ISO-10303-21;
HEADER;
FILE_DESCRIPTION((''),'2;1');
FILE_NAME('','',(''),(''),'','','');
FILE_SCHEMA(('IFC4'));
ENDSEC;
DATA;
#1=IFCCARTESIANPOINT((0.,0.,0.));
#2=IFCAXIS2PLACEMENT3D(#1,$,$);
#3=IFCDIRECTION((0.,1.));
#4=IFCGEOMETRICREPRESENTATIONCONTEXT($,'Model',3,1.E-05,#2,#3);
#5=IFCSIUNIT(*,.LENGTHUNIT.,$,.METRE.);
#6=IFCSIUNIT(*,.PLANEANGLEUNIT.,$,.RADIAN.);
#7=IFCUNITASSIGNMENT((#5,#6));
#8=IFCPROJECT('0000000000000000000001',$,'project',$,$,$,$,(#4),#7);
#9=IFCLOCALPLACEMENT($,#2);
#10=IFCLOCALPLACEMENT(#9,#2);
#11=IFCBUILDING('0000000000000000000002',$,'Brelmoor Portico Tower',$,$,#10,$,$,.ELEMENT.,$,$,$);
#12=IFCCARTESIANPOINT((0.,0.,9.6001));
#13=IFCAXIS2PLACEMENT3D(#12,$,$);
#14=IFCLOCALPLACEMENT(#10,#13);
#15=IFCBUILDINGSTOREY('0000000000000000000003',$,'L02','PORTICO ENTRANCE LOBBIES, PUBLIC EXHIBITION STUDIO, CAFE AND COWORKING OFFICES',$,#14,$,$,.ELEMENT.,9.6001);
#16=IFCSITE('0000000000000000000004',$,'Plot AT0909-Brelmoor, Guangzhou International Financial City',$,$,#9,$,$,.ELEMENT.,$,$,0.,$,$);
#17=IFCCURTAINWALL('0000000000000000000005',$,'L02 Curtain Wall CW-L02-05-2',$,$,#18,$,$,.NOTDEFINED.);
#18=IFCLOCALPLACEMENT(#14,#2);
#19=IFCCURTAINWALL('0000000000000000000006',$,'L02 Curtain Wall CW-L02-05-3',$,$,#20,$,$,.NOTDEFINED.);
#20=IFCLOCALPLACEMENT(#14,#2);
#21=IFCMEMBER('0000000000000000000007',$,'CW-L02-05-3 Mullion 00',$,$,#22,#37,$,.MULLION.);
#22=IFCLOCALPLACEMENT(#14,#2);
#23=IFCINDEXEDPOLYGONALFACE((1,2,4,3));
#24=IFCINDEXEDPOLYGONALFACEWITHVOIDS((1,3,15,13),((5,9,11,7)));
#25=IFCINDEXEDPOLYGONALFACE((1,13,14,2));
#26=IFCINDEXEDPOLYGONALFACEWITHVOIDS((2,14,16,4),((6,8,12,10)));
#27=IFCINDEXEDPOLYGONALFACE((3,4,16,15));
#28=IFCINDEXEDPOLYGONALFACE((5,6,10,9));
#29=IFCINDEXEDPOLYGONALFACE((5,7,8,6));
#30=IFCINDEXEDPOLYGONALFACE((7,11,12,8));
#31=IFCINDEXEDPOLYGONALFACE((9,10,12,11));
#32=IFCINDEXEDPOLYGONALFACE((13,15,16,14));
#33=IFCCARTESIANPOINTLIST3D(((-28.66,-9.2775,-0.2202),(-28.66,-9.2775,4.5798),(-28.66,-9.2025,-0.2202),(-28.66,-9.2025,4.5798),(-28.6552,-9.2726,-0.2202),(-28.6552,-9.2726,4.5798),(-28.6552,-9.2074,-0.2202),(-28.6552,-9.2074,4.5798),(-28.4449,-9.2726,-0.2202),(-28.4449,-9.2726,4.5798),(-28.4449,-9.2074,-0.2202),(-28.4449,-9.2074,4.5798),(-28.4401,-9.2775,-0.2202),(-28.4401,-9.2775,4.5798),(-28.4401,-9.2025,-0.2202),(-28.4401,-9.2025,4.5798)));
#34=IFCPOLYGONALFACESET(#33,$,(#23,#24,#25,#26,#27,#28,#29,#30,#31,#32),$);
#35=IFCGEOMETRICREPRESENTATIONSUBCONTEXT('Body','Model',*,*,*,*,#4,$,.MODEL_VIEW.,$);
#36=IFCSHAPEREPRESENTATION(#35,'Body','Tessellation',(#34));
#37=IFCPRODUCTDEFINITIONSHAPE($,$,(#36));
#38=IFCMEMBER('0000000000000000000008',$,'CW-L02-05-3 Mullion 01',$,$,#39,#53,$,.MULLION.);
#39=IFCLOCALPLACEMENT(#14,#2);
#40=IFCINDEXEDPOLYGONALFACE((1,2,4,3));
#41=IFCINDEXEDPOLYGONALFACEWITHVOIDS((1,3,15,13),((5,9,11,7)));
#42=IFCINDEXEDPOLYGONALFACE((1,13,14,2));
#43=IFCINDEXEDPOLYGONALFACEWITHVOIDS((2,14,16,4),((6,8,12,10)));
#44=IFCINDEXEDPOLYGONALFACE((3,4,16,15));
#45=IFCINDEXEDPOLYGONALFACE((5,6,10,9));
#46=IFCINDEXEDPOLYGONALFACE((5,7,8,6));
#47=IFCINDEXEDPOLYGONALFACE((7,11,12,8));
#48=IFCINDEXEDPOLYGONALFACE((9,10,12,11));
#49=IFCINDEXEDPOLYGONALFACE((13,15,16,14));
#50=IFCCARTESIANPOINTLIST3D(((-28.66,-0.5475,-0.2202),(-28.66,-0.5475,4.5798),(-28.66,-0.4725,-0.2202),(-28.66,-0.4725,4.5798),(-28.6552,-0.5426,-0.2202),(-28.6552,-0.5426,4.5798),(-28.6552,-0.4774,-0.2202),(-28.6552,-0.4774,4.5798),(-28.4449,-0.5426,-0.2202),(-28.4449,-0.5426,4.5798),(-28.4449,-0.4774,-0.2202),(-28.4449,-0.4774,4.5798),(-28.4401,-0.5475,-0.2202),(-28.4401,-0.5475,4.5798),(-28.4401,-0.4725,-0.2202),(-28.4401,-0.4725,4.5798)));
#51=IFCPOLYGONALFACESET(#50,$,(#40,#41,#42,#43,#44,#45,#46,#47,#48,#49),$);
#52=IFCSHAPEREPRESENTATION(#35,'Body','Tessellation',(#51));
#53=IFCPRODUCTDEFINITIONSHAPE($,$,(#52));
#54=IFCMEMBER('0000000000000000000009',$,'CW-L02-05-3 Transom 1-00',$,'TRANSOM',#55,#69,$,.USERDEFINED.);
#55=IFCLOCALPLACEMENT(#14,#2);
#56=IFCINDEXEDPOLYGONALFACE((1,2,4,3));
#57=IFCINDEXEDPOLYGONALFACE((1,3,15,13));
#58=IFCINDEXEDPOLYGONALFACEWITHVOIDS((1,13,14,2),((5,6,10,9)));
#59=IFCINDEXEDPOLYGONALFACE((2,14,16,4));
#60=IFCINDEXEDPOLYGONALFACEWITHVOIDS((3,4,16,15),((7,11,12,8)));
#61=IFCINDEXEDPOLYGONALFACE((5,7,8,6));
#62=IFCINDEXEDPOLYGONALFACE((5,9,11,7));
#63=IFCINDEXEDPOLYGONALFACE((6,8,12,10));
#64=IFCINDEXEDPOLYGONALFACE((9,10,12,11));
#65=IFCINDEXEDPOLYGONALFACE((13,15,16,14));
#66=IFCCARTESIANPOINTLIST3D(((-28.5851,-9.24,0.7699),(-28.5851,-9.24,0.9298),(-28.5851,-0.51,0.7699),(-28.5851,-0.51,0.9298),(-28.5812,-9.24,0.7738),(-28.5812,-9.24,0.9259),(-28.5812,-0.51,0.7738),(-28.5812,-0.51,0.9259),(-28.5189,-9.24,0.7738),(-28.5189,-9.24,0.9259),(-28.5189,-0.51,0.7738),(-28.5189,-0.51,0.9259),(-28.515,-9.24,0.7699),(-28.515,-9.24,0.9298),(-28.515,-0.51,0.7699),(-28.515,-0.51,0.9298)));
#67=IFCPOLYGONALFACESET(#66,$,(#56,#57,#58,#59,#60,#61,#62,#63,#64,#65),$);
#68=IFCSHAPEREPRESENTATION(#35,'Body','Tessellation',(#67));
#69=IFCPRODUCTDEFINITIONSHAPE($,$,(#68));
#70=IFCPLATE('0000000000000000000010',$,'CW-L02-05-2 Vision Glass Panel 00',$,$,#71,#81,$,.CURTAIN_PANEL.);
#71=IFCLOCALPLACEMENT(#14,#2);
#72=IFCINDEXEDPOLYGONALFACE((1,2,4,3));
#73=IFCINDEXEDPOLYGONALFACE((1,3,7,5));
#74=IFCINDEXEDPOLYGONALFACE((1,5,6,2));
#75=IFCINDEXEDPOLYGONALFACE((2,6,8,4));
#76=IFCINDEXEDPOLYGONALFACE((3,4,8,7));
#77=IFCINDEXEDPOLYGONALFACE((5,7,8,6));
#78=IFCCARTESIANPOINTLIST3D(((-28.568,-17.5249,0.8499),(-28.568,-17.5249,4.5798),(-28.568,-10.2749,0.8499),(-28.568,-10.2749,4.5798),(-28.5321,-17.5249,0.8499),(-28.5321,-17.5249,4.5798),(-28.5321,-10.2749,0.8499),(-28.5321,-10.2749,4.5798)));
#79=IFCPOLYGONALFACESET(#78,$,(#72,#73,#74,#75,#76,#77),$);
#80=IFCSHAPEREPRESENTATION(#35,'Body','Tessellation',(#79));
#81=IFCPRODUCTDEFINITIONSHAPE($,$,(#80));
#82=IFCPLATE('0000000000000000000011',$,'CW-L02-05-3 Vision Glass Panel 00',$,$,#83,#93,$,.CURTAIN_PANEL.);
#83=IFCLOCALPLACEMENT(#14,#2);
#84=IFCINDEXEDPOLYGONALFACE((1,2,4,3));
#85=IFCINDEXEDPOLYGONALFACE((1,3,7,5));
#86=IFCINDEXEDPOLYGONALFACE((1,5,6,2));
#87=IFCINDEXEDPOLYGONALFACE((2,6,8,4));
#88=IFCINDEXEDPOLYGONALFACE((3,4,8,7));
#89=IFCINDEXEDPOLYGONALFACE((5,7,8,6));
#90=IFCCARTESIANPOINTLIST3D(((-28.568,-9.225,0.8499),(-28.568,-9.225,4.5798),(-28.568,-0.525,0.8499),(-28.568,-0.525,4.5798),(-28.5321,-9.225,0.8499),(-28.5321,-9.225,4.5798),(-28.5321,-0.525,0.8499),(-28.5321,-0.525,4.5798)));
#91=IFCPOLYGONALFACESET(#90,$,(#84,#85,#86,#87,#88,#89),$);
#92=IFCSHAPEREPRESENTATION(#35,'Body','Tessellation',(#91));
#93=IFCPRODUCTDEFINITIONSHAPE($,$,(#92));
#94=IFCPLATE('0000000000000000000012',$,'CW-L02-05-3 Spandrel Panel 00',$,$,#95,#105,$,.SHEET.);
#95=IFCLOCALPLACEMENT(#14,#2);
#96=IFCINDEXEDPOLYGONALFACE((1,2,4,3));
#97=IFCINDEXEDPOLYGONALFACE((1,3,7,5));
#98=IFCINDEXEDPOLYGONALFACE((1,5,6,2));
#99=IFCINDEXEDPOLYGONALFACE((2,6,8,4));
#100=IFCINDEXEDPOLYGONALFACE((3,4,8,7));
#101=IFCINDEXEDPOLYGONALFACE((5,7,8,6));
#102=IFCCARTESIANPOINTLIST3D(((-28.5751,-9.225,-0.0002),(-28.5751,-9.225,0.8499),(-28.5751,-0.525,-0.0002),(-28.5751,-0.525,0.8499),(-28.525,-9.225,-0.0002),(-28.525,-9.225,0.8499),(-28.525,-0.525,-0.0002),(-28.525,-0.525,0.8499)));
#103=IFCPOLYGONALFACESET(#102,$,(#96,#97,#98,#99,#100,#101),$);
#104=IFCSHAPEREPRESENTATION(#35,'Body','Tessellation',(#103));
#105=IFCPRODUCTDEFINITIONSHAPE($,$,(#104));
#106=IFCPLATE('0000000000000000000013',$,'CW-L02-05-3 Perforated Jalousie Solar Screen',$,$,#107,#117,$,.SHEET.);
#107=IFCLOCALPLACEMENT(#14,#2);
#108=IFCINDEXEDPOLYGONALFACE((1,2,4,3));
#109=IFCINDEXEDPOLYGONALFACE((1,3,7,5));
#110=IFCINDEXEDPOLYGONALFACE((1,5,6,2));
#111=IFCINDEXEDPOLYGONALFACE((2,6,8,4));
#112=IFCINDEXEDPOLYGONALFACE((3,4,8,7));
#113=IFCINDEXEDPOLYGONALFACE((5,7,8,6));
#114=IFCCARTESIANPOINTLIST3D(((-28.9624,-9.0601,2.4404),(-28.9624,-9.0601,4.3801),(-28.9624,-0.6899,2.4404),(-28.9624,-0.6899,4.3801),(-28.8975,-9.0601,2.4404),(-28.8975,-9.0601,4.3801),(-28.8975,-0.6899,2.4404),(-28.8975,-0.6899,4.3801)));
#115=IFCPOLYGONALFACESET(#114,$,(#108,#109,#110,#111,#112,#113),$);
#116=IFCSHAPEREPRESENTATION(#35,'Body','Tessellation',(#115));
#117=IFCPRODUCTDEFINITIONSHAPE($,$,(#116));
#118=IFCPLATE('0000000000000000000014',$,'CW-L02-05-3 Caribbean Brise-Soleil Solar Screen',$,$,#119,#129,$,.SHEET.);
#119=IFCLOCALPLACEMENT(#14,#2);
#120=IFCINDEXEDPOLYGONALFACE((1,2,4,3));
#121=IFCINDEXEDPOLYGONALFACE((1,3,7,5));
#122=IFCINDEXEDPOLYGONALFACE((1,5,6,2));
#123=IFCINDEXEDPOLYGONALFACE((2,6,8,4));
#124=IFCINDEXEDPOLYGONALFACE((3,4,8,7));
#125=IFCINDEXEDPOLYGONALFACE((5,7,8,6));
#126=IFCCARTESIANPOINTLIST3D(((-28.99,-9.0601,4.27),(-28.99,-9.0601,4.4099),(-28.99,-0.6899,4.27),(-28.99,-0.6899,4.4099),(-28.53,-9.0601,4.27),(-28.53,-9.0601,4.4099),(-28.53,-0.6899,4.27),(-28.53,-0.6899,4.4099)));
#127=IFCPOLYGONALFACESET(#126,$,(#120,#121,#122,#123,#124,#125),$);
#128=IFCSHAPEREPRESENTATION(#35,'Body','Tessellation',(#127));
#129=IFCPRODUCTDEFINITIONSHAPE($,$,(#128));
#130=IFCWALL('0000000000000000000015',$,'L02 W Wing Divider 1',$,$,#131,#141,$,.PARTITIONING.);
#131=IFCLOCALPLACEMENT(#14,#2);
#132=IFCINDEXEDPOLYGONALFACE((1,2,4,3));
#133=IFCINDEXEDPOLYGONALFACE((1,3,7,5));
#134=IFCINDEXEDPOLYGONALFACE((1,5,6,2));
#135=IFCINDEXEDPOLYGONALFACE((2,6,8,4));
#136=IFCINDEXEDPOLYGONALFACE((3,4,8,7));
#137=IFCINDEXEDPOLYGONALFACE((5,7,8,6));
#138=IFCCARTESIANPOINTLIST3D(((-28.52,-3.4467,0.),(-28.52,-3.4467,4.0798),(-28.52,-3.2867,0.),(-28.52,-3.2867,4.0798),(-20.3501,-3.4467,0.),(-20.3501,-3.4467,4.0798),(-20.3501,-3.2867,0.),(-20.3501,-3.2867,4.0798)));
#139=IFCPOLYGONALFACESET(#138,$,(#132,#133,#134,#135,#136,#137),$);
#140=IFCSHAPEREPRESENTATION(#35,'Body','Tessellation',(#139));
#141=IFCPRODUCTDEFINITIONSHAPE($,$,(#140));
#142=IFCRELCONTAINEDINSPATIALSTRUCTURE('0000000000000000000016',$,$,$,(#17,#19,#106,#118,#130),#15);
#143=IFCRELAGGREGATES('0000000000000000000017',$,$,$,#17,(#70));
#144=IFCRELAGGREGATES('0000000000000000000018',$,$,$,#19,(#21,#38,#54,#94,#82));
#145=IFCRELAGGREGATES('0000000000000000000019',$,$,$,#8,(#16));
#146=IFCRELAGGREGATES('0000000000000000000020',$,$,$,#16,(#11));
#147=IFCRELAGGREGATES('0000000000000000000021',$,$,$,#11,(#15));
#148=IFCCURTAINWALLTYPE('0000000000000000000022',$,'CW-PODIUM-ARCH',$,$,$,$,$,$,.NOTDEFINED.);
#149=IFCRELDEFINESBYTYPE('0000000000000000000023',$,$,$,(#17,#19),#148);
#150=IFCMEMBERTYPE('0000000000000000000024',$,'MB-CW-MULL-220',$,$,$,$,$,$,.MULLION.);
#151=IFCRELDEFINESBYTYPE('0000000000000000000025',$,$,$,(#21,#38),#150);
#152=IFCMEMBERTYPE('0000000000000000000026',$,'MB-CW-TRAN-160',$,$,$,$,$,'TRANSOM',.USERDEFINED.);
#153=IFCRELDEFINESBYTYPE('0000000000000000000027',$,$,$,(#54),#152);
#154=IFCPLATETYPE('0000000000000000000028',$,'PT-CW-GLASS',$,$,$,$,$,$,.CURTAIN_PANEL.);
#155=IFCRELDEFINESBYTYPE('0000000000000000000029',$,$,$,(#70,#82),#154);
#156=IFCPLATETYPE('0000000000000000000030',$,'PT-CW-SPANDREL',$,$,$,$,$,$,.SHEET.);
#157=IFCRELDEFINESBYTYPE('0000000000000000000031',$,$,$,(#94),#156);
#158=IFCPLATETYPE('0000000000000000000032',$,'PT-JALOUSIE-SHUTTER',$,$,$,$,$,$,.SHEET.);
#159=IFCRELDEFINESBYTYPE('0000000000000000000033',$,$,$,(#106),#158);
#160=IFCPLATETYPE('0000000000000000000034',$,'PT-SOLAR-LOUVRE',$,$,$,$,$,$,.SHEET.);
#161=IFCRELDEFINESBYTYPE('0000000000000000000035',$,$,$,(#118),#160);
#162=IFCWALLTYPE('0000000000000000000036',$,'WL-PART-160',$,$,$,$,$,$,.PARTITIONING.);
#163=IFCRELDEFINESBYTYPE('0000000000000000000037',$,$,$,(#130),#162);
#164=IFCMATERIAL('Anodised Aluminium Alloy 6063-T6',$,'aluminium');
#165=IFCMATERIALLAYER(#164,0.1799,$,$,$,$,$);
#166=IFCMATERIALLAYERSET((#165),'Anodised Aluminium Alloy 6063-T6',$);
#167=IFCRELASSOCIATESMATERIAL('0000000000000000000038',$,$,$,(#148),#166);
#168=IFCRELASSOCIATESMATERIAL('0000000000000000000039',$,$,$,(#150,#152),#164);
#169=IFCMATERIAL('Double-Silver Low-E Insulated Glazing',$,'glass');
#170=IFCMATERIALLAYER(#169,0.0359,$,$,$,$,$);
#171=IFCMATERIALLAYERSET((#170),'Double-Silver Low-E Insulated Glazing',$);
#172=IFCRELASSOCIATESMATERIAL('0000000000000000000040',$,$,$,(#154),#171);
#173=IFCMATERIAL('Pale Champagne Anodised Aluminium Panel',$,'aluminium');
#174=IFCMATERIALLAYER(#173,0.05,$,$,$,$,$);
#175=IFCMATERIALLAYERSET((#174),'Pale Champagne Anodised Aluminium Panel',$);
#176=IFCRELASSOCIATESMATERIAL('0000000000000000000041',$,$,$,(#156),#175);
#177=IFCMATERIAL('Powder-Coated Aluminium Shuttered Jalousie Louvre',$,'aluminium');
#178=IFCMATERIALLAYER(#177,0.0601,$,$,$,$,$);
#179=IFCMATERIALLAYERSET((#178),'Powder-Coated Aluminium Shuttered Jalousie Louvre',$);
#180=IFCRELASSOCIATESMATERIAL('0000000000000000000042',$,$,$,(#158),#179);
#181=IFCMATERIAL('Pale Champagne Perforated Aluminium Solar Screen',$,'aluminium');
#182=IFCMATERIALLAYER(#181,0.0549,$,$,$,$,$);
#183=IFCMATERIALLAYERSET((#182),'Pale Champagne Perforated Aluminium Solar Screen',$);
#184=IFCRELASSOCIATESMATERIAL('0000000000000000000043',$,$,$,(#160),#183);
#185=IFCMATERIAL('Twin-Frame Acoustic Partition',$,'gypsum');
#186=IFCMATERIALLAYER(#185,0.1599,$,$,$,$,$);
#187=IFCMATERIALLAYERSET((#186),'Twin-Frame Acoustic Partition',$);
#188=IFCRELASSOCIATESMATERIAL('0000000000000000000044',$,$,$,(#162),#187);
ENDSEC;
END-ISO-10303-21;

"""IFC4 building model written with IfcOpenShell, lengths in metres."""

from ifc_helpers import new_model, si_unit, direction, frame, frame_2d, origin, origin_2d, place, context, subcontext, project, spatial, rectangle, hollow_rectangle, extrude, material, layer, layer_set, material_profile, profile_set, type_object, element, aggregate, save


model = new_model("IFC4")

# Units and contexts
model_context = context("Model", 3, precision=1e-05, world=origin(), true_north=direction((0.0, 1.0)))
body_context = subcontext(model_context, "Body", "Model", "MODEL_VIEW")
ifc_project = project(units=[si_unit("LENGTHUNIT", "METRE"), si_unit("PLANEANGLEUNIT", "RADIAN")], contexts=[model_context])

# Site, building, storey
site_placement = place(None, origin())
site = spatial("IfcSite", under=ifc_project, at=site_placement, Name="Plot AT0909-Brelmoor, Guangzhou International Financial City", CompositionType="ELEMENT", RefElevation=0.0)
building_placement = place(site_placement, origin())
building = spatial("IfcBuilding", under=site, at=building_placement, Name="Brelmoor Portico Tower", CompositionType="ELEMENT")
storey_placement = place(building_placement, frame((0.0, 0.0, 9.6001)))
storey = spatial("IfcBuildingStorey", under=building, at=storey_placement, Name="L02", Description="PORTICO ENTRANCE LOBBIES, PUBLIC EXHIBITION STUDIO, CAFE AND COWORKING OFFICES", CompositionType="ELEMENT", Elevation=9.6001)

# Curtain wall
ifc_material_1 = material(Name="Anodised Aluminium Alloy 6063-T6", Category="aluminium")
ifc_layer_1 = layer(ifc_material_1, 0.1799)
ifc_layer_set_1 = layer_set([ifc_layer_1], Name="Anodised Aluminium Alloy 6063-T6")
curtain_wall_type = type_object("IfcCurtainWallType", Name="CW-PODIUM-ARCH", PredefinedType="NOTDEFINED", material=ifc_layer_set_1)
curtain_wall_1_placement = place(storey_placement, origin())
curtain_wall_1 = element("IfcCurtainWall", 1, at=curtain_wall_1_placement, inside=storey, type_object=curtain_wall_type, Name="L02 Curtain Wall CW-L02-05-2", PredefinedType="NOTDEFINED")
ifc_material_profile_1 = material_profile(ifc_material_1, hollow_rectangle(XDim=0.075, YDim=0.22, WallThickness=0.0049, at=origin_2d()), Name="ALU MULLION 75x220")
ifc_profile_set_1 = profile_set([ifc_material_profile_1], Name="Anodised Aluminium Alloy 6063-T6")
member_type_1 = type_object("IfcMemberType", Name="MB-CW-MULL-220", PredefinedType="MULLION", material=ifc_profile_set_1)

# Curtain wall, members
curtain_wall_2_placement = place(storey_placement, origin())
curtain_wall_2 = element("IfcCurtainWall", 2, at=curtain_wall_2_placement, inside=storey, type_object=curtain_wall_type, Name="L02 Curtain Wall CW-L02-05-3", PredefinedType="NOTDEFINED")
member_1_placement = place(storey_placement, frame((-28.55, -9.24, -0.2202), z_axis=(0.0, 0.0, 1.0), x_axis=(0.0, 1.0, 0.0)))
member_1 = element("IfcMember", 3, at=member_1_placement, type_object=member_type_1, Name="CW-L02-05-3 Mullion 00", PredefinedType="MULLION", context=body_context, shape_type="SweptSolid", body=[
    extrude(hollow_rectangle(XDim=0.075, YDim=0.22, WallThickness=0.0049, at=origin_2d()), origin(), (0.0, 0.0, 1.0), 4.8),
])
member_2_placement = place(storey_placement, frame((-28.55, -0.51, -0.2202), z_axis=(0.0, 0.0, 1.0), x_axis=(0.0, 1.0, 0.0)))
member_2 = element("IfcMember", 4, at=member_2_placement, type_object=member_type_1, Name="CW-L02-05-3 Mullion 01", PredefinedType="MULLION", context=body_context, shape_type="SweptSolid", body=[
    extrude(hollow_rectangle(XDim=0.075, YDim=0.22, WallThickness=0.0049, at=origin_2d()), origin(), (0.0, 0.0, 1.0), 4.8),
])
ifc_material_profile_2 = material_profile(ifc_material_1, hollow_rectangle(XDim=0.0701, YDim=0.1599, WallThickness=0.0039, at=origin_2d()), Name="ALU TRANSOM 70x160")
ifc_profile_set_2 = profile_set([ifc_material_profile_2], Name="Anodised Aluminium Alloy 6063-T6")
member_type_2 = type_object("IfcMemberType", Name="MB-CW-TRAN-160", ElementType="TRANSOM", PredefinedType="USERDEFINED", material=ifc_profile_set_2)
member_3_placement = place(storey_placement, frame((-28.55, -9.24, 0.8499), z_axis=(0.0, 1.0, 0.0), x_axis=(-1.0, 0.0, 0.0)))
member_3 = element("IfcMember", 5, at=member_3_placement, type_object=member_type_2, Name="CW-L02-05-3 Transom 1-00", ObjectType="TRANSOM", PredefinedType="USERDEFINED", context=body_context, shape_type="SweptSolid", body=[
    extrude(hollow_rectangle(XDim=0.0701, YDim=0.1599, WallThickness=0.0039, at=origin_2d()), origin(), (0.0, 0.0, 1.0), 8.73),
])

# Plates
ifc_material_2 = material(Name="Double-Silver Low-E Insulated Glazing", Category="glass")
ifc_layer_2 = layer(ifc_material_2, 0.0359)
ifc_layer_set_2 = layer_set([ifc_layer_2], Name="Double-Silver Low-E Insulated Glazing")
plate_type_1 = type_object("IfcPlateType", Name="PT-CW-GLASS", PredefinedType="CURTAIN_PANEL", material=ifc_layer_set_2)
plate_1_placement = place(storey_placement, frame((-28.55, -13.8999, 0.8499), z_axis=(0.0, 0.0, 1.0), x_axis=(0.0, 1.0, 0.0)))
plate_1 = element("IfcPlate", 6, at=plate_1_placement, type_object=plate_type_1, Name="CW-L02-05-2 Vision Glass Panel 00", PredefinedType="CURTAIN_PANEL", context=body_context, shape_type="SweptSolid", body=[
    extrude(rectangle(XDim=7.25, YDim=0.0359, at=origin_2d()), origin(), (0.0, 0.0, 1.0), 3.73),
])
aggregate(curtain_wall_1, [plate_1])
plate_2_placement = place(storey_placement, frame((-28.55, -4.875, 0.8499), z_axis=(0.0, 0.0, 1.0), x_axis=(0.0, 1.0, 0.0)))
plate_2 = element("IfcPlate", 7, at=plate_2_placement, type_object=plate_type_1, Name="CW-L02-05-3 Vision Glass Panel 00", PredefinedType="CURTAIN_PANEL", context=body_context, shape_type="SweptSolid", body=[
    extrude(rectangle(XDim=8.7, YDim=0.0359, at=origin_2d()), origin(), (0.0, 0.0, 1.0), 3.73),
])
ifc_material_3 = material(Name="Pale Champagne Anodised Aluminium Panel", Category="aluminium")
ifc_layer_3 = layer(ifc_material_3, 0.05)
ifc_layer_set_3 = layer_set([ifc_layer_3], Name="Pale Champagne Anodised Aluminium Panel")
plate_type_2 = type_object("IfcPlateType", Name="PT-CW-SPANDREL", PredefinedType="SHEET", material=ifc_layer_set_3)
plate_3_placement = place(storey_placement, frame((-28.55, -4.875, -0.0002), z_axis=(0.0, 0.0, 1.0), x_axis=(0.0, 1.0, 0.0)))
plate_3 = element("IfcPlate", 8, at=plate_3_placement, type_object=plate_type_2, Name="CW-L02-05-3 Spandrel Panel 00", PredefinedType="SHEET", context=body_context, shape_type="SweptSolid", body=[
    extrude(rectangle(XDim=8.7, YDim=0.05, at=origin_2d()), origin(), (0.0, 0.0, 1.0), 0.8501),
])
aggregate(curtain_wall_2, [member_1, member_2, member_3, plate_3, plate_2])

# Plates
ifc_material_4 = material(Name="Powder-Coated Aluminium Shuttered Jalousie Louvre", Category="aluminium")
ifc_layer_4 = layer(ifc_material_4, 0.0601)
ifc_layer_set_4 = layer_set([ifc_layer_4], Name="Powder-Coated Aluminium Shuttered Jalousie Louvre")
plate_type_3 = type_object("IfcPlateType", Name="PT-JALOUSIE-SHUTTER", PredefinedType="SHEET", material=ifc_layer_set_4)
plate_4_placement = place(storey_placement, frame((-28.9299, -4.875, 2.4404), z_axis=(0.0, 0.0, 1.0), x_axis=(0.0, 1.0, 0.0)))
element("IfcPlate", 9, at=plate_4_placement, inside=storey, type_object=plate_type_3, Name="CW-L02-05-3 Perforated Jalousie Solar Screen", PredefinedType="SHEET", context=body_context, shape_type="SweptSolid", body=[
    extrude(rectangle(XDim=8.3701, YDim=0.0649, at=origin_2d()), origin(), (0.0, 0.0, 1.0), 1.9397),
])
ifc_material_5 = material(Name="Pale Champagne Perforated Aluminium Solar Screen", Category="aluminium")
ifc_layer_5 = layer(ifc_material_5, 0.0549)
ifc_layer_set_5 = layer_set([ifc_layer_5], Name="Pale Champagne Perforated Aluminium Solar Screen")
plate_type_4 = type_object("IfcPlateType", Name="PT-SOLAR-LOUVRE", PredefinedType="SHEET", material=ifc_layer_set_5)
plate_5_placement = place(storey_placement, frame((-28.76, -4.875, 4.27), z_axis=(0.0, 0.0, 1.0), x_axis=(0.0, 1.0, 0.0)))
element("IfcPlate", 10, at=plate_5_placement, inside=storey, type_object=plate_type_4, Name="CW-L02-05-3 Caribbean Brise-Soleil Solar Screen", PredefinedType="SHEET", context=body_context, shape_type="SweptSolid", body=[
    extrude(rectangle(XDim=8.3701, YDim=0.46, at=origin_2d()), origin(), (0.0, 0.0, 1.0), 0.1399),
])

# Wall
ifc_material_6 = material(Name="Twin-Frame Acoustic Partition", Category="gypsum")
ifc_layer_6 = layer(ifc_material_6, 0.1599)
ifc_layer_set_6 = layer_set([ifc_layer_6], Name="Twin-Frame Acoustic Partition")
wall_type = type_object("IfcWallType", Name="WL-PART-160", PredefinedType="PARTITIONING", material=ifc_layer_set_6)
wall_placement = place(storey_placement, frame((-20.3501, -3.3667, 0.0), z_axis=(0.0, 0.0, 1.0), x_axis=(-1.0, 0.0, 0.0)))
element("IfcWall", 11, at=wall_placement, inside=storey, type_object=wall_type, Name="L02 W Wing Divider 1", PredefinedType="PARTITIONING", context=body_context, shape_type="SweptSolid", body=[
    extrude(rectangle(XDim=8.1699, YDim=0.1599, at=frame_2d((4.085, 0.0))), origin(), (0.0, 0.0, 1.0), 4.0798),
])

save(model, "model.ifc")
